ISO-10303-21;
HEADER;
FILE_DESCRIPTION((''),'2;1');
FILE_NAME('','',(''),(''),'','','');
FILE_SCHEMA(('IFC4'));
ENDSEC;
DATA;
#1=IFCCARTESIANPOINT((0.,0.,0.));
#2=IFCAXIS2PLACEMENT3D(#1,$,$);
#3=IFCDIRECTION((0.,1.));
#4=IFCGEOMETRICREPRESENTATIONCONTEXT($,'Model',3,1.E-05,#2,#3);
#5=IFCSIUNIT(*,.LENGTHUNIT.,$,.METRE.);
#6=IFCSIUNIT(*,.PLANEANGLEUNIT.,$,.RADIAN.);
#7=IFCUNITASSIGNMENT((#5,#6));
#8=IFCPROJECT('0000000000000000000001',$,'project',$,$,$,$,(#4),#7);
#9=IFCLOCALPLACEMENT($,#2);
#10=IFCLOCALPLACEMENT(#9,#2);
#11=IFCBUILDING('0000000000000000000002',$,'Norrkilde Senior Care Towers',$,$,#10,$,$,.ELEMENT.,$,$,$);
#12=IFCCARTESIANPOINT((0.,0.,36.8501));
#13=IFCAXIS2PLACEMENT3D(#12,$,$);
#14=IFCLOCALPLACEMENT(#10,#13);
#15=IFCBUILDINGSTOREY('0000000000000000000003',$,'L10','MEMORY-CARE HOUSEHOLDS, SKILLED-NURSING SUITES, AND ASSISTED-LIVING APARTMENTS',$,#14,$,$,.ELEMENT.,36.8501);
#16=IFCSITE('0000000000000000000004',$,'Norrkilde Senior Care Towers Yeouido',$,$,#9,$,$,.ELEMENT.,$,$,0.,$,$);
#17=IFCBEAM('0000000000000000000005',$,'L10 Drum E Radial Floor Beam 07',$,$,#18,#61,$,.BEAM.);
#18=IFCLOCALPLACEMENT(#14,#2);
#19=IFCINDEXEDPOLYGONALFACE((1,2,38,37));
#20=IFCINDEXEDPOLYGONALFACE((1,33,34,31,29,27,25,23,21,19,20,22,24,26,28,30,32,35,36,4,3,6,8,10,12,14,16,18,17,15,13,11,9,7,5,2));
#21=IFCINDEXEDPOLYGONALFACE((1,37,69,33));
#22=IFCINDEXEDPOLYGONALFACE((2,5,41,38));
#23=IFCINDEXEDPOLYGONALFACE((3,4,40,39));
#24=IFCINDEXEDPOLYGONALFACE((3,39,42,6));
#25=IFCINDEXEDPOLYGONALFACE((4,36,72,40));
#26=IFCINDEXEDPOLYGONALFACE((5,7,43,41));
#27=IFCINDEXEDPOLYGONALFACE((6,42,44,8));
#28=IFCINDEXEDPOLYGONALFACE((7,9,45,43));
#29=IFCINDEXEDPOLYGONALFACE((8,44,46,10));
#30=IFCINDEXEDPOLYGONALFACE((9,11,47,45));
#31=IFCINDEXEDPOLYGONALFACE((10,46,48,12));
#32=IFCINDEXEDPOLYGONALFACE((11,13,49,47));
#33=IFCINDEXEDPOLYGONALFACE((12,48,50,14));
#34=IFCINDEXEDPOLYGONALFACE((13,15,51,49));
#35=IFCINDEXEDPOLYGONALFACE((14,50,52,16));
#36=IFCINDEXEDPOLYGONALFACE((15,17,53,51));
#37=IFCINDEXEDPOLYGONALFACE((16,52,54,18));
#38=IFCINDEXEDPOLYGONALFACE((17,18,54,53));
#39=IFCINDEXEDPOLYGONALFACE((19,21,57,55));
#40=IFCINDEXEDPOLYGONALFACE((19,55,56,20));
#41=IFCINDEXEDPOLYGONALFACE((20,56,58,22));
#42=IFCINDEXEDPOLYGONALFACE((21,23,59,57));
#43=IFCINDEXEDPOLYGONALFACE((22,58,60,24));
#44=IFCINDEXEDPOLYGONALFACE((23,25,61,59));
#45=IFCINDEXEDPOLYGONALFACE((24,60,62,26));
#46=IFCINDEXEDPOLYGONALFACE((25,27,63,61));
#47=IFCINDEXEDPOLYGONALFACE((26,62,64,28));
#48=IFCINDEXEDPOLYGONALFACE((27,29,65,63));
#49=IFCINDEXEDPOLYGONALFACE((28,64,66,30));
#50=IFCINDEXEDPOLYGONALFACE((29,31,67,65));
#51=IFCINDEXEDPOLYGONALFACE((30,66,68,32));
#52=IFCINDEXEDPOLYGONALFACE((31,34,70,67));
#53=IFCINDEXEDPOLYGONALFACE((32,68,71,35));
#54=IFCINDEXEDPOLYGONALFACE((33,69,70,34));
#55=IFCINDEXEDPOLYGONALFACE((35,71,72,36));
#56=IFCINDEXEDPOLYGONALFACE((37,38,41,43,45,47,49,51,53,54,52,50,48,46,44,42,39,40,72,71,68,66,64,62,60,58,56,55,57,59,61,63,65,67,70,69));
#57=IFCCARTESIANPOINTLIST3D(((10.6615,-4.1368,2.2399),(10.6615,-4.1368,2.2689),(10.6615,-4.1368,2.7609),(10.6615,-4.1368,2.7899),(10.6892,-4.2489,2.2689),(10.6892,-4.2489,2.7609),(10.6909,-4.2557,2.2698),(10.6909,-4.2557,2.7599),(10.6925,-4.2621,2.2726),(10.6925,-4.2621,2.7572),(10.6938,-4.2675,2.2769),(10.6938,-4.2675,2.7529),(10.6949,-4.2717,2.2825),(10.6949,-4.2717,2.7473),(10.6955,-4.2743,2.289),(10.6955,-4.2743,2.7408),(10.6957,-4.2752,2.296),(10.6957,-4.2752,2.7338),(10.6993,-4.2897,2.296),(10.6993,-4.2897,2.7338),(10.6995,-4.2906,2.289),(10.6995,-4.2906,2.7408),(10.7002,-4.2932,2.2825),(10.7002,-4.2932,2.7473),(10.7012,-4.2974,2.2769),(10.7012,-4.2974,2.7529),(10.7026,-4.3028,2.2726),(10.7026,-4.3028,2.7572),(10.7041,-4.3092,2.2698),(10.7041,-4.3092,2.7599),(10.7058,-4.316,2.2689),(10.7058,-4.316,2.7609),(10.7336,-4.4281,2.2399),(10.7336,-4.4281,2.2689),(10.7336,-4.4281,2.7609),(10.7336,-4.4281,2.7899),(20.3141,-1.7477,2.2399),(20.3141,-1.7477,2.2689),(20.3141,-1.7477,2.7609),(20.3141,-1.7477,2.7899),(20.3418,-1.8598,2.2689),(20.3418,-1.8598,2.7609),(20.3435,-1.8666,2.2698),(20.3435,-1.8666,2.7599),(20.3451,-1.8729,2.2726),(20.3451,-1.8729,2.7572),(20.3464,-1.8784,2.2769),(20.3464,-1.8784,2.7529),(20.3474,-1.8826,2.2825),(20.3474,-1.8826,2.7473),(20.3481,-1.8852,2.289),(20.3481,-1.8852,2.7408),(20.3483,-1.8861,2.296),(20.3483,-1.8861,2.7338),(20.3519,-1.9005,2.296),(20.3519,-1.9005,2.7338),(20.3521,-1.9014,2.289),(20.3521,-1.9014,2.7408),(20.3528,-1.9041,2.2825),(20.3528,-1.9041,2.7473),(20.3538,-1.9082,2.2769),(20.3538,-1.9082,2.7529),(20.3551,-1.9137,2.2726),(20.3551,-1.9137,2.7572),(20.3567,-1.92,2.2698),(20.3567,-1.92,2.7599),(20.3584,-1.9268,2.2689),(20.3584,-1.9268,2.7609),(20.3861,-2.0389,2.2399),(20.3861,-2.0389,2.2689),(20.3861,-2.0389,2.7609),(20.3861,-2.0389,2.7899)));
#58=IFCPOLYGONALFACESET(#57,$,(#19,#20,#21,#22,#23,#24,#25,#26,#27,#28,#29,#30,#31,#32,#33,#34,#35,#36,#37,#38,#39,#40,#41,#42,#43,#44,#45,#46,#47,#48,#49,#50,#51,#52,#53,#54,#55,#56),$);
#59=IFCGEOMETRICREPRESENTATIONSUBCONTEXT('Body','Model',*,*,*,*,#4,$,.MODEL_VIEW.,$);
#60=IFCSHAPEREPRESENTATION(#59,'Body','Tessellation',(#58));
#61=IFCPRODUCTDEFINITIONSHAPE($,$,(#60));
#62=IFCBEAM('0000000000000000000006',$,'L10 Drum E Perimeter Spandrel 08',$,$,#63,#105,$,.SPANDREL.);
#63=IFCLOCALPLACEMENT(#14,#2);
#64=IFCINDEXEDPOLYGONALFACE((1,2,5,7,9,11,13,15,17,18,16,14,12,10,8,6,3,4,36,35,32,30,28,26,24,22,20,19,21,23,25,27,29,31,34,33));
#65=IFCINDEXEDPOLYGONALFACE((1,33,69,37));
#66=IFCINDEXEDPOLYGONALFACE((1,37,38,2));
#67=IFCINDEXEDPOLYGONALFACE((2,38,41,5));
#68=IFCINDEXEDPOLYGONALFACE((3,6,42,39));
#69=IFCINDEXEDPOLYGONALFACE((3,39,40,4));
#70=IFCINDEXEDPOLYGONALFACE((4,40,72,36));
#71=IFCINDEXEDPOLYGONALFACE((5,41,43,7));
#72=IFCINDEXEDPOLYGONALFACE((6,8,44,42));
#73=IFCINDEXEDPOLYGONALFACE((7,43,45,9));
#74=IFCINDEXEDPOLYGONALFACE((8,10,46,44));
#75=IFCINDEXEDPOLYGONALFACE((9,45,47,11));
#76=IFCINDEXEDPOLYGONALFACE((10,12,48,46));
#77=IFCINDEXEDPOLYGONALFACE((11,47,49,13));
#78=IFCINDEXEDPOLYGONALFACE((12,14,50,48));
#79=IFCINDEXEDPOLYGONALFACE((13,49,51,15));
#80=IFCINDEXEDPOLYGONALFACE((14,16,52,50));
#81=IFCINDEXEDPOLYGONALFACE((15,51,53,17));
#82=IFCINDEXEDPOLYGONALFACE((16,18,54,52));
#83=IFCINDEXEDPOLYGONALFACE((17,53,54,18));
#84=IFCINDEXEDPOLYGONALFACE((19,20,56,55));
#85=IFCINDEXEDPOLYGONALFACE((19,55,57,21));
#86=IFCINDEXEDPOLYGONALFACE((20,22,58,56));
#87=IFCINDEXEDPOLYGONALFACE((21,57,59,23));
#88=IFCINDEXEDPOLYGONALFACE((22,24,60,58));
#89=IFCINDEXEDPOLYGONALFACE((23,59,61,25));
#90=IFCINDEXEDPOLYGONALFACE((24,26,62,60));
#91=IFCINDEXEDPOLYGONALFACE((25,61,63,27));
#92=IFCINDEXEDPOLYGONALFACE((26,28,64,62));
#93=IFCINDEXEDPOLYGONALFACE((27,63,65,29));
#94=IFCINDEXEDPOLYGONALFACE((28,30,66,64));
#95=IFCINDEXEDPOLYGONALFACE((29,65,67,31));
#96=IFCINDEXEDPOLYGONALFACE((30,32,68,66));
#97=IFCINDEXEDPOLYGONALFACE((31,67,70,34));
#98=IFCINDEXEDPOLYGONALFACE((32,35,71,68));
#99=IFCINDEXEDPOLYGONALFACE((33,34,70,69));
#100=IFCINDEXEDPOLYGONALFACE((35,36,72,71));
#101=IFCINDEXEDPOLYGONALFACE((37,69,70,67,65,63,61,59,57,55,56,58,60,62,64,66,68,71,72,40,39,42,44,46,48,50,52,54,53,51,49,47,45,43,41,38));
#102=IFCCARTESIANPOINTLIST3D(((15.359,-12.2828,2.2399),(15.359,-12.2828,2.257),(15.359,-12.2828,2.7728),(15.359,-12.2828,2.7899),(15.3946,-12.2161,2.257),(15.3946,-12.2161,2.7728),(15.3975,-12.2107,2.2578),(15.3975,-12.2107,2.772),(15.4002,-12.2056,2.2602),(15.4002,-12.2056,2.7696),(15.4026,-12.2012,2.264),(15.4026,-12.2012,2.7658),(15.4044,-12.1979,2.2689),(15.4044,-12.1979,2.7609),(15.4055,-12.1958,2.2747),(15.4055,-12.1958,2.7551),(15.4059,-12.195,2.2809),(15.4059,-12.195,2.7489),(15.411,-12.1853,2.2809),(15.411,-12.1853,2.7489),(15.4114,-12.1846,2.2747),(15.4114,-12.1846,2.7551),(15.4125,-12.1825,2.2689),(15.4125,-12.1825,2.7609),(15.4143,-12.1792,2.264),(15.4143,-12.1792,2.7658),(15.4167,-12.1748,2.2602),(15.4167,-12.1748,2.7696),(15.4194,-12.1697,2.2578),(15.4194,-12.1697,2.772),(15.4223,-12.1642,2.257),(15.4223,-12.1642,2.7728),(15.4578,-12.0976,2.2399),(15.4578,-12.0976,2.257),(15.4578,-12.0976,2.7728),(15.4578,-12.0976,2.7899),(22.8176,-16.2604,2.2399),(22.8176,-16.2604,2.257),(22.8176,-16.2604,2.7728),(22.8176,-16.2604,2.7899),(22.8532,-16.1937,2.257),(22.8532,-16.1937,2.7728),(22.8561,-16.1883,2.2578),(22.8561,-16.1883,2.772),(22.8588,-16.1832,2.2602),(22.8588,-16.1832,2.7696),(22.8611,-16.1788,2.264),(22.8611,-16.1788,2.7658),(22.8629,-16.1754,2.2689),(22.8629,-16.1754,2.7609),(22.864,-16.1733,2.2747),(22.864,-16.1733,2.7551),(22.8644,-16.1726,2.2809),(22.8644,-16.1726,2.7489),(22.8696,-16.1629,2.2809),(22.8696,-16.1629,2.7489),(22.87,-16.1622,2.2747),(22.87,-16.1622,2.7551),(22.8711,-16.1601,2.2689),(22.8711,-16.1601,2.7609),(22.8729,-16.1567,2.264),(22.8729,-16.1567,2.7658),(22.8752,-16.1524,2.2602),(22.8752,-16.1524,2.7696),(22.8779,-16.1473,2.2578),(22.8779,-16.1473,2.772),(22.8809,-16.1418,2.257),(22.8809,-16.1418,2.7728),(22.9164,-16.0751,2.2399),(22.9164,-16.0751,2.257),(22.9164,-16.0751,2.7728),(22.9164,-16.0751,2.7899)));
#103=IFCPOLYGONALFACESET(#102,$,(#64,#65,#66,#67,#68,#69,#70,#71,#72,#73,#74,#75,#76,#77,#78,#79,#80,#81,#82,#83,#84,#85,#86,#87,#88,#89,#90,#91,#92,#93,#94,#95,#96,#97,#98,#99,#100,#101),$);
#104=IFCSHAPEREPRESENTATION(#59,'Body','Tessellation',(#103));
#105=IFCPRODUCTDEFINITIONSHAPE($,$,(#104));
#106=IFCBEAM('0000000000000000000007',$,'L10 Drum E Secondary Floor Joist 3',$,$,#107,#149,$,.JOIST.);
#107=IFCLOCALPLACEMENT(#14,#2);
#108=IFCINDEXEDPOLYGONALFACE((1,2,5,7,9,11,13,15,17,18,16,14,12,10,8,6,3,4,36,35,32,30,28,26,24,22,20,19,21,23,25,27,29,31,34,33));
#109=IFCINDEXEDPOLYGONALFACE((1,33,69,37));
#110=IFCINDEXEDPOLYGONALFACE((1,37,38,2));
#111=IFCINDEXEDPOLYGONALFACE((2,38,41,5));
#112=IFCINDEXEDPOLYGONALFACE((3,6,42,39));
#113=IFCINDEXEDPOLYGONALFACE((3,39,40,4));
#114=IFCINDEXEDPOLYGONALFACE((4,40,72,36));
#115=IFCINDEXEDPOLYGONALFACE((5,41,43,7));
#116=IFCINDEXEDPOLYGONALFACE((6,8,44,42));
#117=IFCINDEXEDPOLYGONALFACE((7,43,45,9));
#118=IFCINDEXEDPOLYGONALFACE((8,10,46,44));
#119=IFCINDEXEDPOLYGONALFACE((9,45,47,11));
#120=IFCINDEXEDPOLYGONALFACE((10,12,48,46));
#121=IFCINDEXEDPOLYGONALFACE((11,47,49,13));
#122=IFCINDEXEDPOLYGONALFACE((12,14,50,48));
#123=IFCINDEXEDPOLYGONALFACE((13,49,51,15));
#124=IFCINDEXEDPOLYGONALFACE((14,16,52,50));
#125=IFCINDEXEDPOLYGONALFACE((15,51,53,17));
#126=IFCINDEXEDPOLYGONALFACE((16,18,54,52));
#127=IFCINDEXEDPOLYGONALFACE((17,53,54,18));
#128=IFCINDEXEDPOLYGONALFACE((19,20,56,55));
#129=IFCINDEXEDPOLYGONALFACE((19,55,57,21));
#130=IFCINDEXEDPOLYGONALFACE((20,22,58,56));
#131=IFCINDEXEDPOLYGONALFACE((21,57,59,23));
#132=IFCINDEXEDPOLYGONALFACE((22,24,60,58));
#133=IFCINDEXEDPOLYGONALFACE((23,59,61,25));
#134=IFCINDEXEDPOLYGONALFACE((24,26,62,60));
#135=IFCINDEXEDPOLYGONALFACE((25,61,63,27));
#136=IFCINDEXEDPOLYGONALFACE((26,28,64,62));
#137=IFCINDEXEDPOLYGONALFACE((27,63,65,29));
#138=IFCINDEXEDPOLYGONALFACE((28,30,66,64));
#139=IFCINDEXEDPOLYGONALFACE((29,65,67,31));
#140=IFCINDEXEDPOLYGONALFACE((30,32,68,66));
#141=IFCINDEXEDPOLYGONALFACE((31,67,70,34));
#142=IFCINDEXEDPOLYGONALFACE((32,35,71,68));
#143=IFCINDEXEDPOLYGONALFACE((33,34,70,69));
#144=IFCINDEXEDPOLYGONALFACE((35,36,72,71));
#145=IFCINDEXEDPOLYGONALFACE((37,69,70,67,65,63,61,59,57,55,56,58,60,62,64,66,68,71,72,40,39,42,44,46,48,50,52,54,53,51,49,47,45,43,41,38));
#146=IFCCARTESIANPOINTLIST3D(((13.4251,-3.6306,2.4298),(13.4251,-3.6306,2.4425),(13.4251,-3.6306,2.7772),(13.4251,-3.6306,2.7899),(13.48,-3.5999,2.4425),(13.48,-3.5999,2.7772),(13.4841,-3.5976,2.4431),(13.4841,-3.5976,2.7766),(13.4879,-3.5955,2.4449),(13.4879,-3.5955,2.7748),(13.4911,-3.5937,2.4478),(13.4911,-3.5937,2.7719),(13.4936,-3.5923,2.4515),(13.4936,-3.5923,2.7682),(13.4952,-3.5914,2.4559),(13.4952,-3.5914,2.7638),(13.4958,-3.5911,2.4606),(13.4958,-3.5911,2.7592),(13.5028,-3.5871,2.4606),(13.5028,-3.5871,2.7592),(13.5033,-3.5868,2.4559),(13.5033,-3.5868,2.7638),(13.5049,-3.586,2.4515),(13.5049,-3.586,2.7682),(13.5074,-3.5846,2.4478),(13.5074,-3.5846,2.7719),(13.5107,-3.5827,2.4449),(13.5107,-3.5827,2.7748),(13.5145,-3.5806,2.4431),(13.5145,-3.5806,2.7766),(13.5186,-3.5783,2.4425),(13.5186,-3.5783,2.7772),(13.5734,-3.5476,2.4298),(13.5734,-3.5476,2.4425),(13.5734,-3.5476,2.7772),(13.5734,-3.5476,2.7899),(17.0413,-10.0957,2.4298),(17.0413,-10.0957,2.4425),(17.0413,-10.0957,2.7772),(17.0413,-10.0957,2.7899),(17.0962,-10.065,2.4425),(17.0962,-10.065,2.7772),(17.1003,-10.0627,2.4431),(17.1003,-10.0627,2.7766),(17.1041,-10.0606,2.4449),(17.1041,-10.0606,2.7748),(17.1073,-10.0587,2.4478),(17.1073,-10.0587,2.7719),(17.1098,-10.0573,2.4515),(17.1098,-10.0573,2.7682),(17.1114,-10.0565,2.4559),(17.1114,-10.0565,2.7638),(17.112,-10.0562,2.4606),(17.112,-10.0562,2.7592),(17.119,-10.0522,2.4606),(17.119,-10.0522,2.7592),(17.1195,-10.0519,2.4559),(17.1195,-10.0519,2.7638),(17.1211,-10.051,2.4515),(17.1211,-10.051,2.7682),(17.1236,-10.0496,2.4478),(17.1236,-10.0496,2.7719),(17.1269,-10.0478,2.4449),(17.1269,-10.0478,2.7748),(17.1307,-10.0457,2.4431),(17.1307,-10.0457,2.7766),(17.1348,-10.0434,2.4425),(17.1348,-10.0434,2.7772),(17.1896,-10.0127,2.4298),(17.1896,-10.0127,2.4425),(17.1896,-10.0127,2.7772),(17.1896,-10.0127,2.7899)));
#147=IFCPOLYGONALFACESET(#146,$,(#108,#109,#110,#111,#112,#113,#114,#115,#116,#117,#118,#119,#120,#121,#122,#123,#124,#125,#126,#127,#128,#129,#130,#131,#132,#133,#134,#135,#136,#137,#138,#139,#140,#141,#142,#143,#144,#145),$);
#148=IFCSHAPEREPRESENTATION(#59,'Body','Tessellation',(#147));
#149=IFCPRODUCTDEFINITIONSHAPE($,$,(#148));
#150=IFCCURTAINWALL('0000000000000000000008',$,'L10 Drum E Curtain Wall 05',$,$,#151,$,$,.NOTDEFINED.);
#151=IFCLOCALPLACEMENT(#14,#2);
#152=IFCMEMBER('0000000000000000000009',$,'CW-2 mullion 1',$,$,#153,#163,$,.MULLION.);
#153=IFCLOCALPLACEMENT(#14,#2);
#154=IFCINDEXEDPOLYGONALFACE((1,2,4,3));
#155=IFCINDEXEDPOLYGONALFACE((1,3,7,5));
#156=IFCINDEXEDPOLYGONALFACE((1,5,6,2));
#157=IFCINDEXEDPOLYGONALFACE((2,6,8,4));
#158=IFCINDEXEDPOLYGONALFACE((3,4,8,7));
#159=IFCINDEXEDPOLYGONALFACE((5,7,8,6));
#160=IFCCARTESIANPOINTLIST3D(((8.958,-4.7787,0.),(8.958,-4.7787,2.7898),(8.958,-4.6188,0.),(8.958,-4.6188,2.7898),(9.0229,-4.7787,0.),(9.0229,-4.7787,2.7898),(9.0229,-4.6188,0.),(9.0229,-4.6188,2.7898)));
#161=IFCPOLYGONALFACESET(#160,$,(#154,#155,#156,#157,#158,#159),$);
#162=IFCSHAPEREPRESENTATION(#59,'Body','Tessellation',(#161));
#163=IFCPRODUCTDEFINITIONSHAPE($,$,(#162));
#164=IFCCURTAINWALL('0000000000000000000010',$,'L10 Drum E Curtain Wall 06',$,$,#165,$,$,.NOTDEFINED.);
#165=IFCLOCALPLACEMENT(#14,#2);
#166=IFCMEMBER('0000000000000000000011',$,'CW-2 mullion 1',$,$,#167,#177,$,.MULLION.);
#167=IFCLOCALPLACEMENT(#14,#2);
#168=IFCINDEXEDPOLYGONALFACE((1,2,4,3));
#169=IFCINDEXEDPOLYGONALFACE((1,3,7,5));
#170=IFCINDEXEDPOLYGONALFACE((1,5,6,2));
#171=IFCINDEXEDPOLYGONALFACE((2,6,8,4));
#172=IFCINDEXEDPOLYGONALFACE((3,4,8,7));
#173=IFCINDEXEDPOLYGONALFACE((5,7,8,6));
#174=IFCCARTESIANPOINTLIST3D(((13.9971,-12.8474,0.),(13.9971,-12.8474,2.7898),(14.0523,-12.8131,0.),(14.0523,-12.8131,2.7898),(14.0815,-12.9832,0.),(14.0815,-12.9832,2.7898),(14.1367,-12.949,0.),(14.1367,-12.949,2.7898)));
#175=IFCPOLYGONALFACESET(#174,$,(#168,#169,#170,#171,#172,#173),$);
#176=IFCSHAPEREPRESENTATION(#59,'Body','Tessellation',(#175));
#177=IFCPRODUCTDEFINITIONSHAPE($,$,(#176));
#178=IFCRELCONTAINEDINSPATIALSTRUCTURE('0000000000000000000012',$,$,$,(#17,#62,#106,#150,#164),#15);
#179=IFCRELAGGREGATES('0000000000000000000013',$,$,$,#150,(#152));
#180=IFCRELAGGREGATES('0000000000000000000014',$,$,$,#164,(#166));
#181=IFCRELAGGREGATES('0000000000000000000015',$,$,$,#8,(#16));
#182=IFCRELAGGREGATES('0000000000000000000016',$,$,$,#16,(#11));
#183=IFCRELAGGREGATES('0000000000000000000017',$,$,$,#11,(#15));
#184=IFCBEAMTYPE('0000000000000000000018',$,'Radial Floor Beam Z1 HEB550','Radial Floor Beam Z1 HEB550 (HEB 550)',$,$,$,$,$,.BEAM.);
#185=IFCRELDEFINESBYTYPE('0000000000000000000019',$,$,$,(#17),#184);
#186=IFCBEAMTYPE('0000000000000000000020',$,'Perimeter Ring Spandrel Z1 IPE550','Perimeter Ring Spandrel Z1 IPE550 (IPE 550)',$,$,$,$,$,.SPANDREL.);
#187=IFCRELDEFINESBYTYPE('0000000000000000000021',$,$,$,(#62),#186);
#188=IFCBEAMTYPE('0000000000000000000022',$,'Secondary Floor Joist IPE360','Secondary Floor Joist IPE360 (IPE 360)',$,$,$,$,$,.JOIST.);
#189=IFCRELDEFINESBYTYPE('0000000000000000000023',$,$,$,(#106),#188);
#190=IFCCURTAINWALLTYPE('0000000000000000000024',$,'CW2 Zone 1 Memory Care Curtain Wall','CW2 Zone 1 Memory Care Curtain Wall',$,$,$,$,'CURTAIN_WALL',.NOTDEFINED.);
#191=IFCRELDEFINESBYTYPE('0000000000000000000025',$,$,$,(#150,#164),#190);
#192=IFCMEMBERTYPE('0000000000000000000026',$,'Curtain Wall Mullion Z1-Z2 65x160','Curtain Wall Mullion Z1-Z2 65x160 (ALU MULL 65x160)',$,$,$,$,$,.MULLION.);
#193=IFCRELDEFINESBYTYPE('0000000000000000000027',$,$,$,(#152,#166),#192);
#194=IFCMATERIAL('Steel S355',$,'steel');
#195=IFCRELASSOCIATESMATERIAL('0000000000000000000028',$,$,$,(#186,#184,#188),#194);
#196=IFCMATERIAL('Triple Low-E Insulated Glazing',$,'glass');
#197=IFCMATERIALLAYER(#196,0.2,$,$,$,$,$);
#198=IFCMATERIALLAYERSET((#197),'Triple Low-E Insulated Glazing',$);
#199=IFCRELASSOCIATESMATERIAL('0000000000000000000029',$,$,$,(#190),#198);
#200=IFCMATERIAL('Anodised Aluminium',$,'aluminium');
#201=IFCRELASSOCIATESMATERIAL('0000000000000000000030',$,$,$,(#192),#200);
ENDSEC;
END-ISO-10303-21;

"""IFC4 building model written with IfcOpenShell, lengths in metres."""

from ifc_helpers import new_model, si_unit, direction, frame, origin, origin_2d, place, context, subcontext, project, spatial, rectangle, i_section, extrude, source, transform, mapped, material, layer, layer_set, material_profile, profile_set, type_object, type_shapes, element, aggregate, save


model = new_model("IFC4")

# Units and contexts
model_context = context("Model", 3, precision=1e-05, world=origin(), true_north=direction((0.0, 1.0)))
body_context = subcontext(model_context, "Body", "Model", "MODEL_VIEW")
ifc_project = project(units=[si_unit("LENGTHUNIT", "METRE"), si_unit("PLANEANGLEUNIT", "RADIAN")], contexts=[model_context])

# Site, building, storey
site_placement = place(None, origin())
site = spatial("IfcSite", under=ifc_project, at=site_placement, Name="Norrkilde Senior Care Towers Yeouido", CompositionType="ELEMENT", RefElevation=0.0)
building_placement = place(site_placement, origin())
building = spatial("IfcBuilding", under=site, at=building_placement, Name="Norrkilde Senior Care Towers", CompositionType="ELEMENT")
storey_placement = place(building_placement, frame((0.0, 0.0, 36.8501)))
storey = spatial("IfcBuildingStorey", under=building, at=storey_placement, Name="L10", Description="MEMORY-CARE HOUSEHOLDS, SKILLED-NURSING SUITES, AND ASSISTED-LIVING APARTMENTS", CompositionType="ELEMENT", Elevation=36.8501)

# Beams
ifc_material_1 = material(Name="Steel S355", Category="steel")
ifc_material_profile_1 = material_profile(ifc_material_1, i_section(OverallWidth=0.21, OverallDepth=0.55, WebThickness=0.011, FlangeThickness=0.0171, FilletRadius=0.0239, at=origin_2d()), Name="IPE 550")
ifc_profile_set_1 = profile_set([ifc_material_profile_1], Name="Steel S355")
beam_type_1 = type_object("IfcBeamType", Name="Perimeter Ring Spandrel Z1 IPE550", Description="Perimeter Ring Spandrel Z1 IPE550 (IPE 550)", PredefinedType="SPANDREL", material=ifc_profile_set_1)
ifc_material_profile_2 = material_profile(ifc_material_1, i_section(OverallWidth=0.3, OverallDepth=0.55, WebThickness=0.0149, FlangeThickness=0.0291, FilletRadius=0.0271, at=origin_2d()), Name="HEB 550")
ifc_profile_set_2 = profile_set([ifc_material_profile_2], Name="Steel S355")
beam_type_2 = type_object("IfcBeamType", Name="Radial Floor Beam Z1 HEB550", Description="Radial Floor Beam Z1 HEB550 (HEB 550)", PredefinedType="BEAM", material=ifc_profile_set_2)
shared_shape_1 = source(origin(), body_context, "Body", "SweptSolid", [
    extrude(i_section(OverallWidth=0.3, OverallDepth=0.55, WebThickness=0.0149, FlangeThickness=0.0291, FilletRadius=0.0271, at=origin_2d()), origin(), (0.0, 0.0, 1.0), 9.9438),
])
type_shapes(beam_type_2, [shared_shape_1])
beam_1_placement = place(storey_placement, frame((20.3501, -1.8933, 2.5149), z_axis=(-0.970707, -0.240265, 0.0), x_axis=(0.240265, -0.970707, 0.0)))
element("IfcBeam", 1, at=beam_1_placement, inside=storey, type_object=beam_type_2, Name="L10 Drum E Radial Floor Beam 07", PredefinedType="BEAM", context=body_context, shape_type="MappedRepresentation", body=[
    mapped(shared_shape_1, transform((0.0, 0.0, 0.0), x_axis=(1.0, 0.0, 0.0), y_axis=(0.0, 1.0, 0.0), z_axis=(0.0, 0.0, 1.0), scale=1.0)),
])
shared_shape_2 = source(origin(), body_context, "Body", "SweptSolid", [
    extrude(i_section(OverallWidth=0.21, OverallDepth=0.55, WebThickness=0.011, FlangeThickness=0.0171, FilletRadius=0.0239, at=origin_2d()), origin(), (0.0, 0.0, 1.0), 8.4529),
])
beam_2_placement = place(storey_placement, frame((15.4084, -12.1902, 2.5149), z_axis=(0.882369, -0.470558, 0.0), x_axis=(0.470558, 0.882369, 0.0)))
element("IfcBeam", 2, at=beam_2_placement, inside=storey, type_object=beam_type_1, Name="L10 Drum E Perimeter Spandrel 08", PredefinedType="SPANDREL", context=body_context, shape_type="MappedRepresentation", body=[
    mapped(shared_shape_2, transform((0.0, 0.0, 0.0), x_axis=(1.0, 0.0, 0.0), y_axis=(0.0, 1.0, 0.0), z_axis=(0.0, 0.0, 1.0), scale=1.0)),
])
ifc_material_profile_3 = material_profile(ifc_material_1, i_section(OverallWidth=0.1699, OverallDepth=0.3601, WebThickness=0.0081, FlangeThickness=0.0127, FilletRadius=0.0181, at=origin_2d()), Name="IPE 360")
ifc_profile_set_3 = profile_set([ifc_material_profile_3], Name="Steel S355")
beam_type_3 = type_object("IfcBeamType", Name="Secondary Floor Joist IPE360", Description="Secondary Floor Joist IPE360 (IPE 360)", PredefinedType="JOIST", material=ifc_profile_set_3)
shared_shape_3 = source(origin(), body_context, "Body", "SweptSolid", [
    extrude(i_section(OverallWidth=0.1699, OverallDepth=0.3601, WebThickness=0.0081, FlangeThickness=0.0127, FilletRadius=0.0181, at=origin_2d()), origin(), (0.0, 0.0, 1.0), 7.4077),
])
type_shapes(beam_type_3, [shared_shape_3])
beam_3_placement = place(storey_placement, frame((13.4993, -3.5891, 2.6099), z_axis=(0.488168, -0.87275, 0.0), x_axis=(0.87275, 0.488168, 0.0)))
element("IfcBeam", 3, at=beam_3_placement, inside=storey, type_object=beam_type_3, Name="L10 Drum E Secondary Floor Joist 3", PredefinedType="JOIST", context=body_context, shape_type="MappedRepresentation", body=[
    mapped(shared_shape_3, transform((0.0, 0.0, 0.0), x_axis=(1.0, 0.0, 0.0), y_axis=(0.0, 1.0, 0.0), z_axis=(0.0, 0.0, 1.0), scale=1.0)),
])

# Curtain wall, member
ifc_material_2 = material(Name="Triple Low-E Insulated Glazing", Category="glass")
ifc_layer_1 = layer(ifc_material_2, 0.2)
ifc_layer_set_1 = layer_set([ifc_layer_1], Name="Triple Low-E Insulated Glazing")
curtain_wall_type = type_object("IfcCurtainWallType", Name="CW2 Zone 1 Memory Care Curtain Wall", Description="CW2 Zone 1 Memory Care Curtain Wall", ElementType="CURTAIN_WALL", PredefinedType="NOTDEFINED", material=ifc_layer_set_1)
curtain_wall_1_placement = place(storey_placement, origin())
curtain_wall_1 = element("IfcCurtainWall", 4, at=curtain_wall_1_placement, inside=storey, type_object=curtain_wall_type, Name="L10 Drum E Curtain Wall 05", PredefinedType="NOTDEFINED")
ifc_material_3 = material(Name="Anodised Aluminium", Category="aluminium")
ifc_material_profile_4 = material_profile(ifc_material_3, rectangle(XDim=0.0649, YDim=0.1599, at=origin_2d()), Name="ALU MULL 65x160")
ifc_profile_set_4 = profile_set([ifc_material_profile_4], Name="Anodised Aluminium")
member_type_1 = type_object("IfcMemberType", Name="Curtain Wall Mullion Z1-Z2 65x160", Description="Curtain Wall Mullion Z1-Z2 65x160 (ALU MULL 65x160)", PredefinedType="MULLION", material=ifc_profile_set_4)
shared_shape_4 = source(origin(), body_context, "Body", "SweptSolid", [
    extrude(rectangle(XDim=0.0649, YDim=0.1599, at=origin_2d()), origin(), (0.0, 0.0, 1.0), 2.7898),
])
type_shapes(member_type_1, [shared_shape_4])
member_1_placement = place(storey_placement, frame((8.9905, -4.6987, 0.0), z_axis=(0.0, 0.0, 1.0), x_axis=(-1.0, 0.0, 0.0)))
member_1 = element("IfcMember", 5, at=member_1_placement, type_object=member_type_1, Name="CW-2 mullion 1", PredefinedType="MULLION", context=body_context, shape_type="MappedRepresentation", body=[
    mapped(shared_shape_4, transform((0.0, 0.0, 0.0), x_axis=(1.0, 0.0, 0.0), y_axis=(0.0, 1.0, 0.0), z_axis=(0.0, 0.0, 1.0), scale=1.0)),
])

# Curtain wall, member
curtain_wall_2_placement = place(storey_placement, origin())
curtain_wall_2 = element("IfcCurtainWall", 6, at=curtain_wall_2_placement, inside=storey, type_object=curtain_wall_type, Name="L10 Drum E Curtain Wall 06", PredefinedType="NOTDEFINED")
member_2_placement = place(storey_placement, frame((14.0669, -12.8982, 0.0), z_axis=(0.0, 0.0, 1.0), x_axis=(-0.849306, -0.527901, 0.0)))
member_2 = element("IfcMember", 7, at=member_2_placement, type_object=member_type_1, Name="CW-2 mullion 1", PredefinedType="MULLION", context=body_context, shape_type="MappedRepresentation", body=[
    mapped(shared_shape_4, transform((0.0, 0.0, 0.0), x_axis=(1.0, 0.0, 0.0), y_axis=(0.0, 1.0, 0.0), z_axis=(0.0, 0.0, 1.0), scale=1.0)),
])

aggregate(curtain_wall_1, [member_1])

aggregate(curtain_wall_2, [member_2])

save(model, "model.ifc")
